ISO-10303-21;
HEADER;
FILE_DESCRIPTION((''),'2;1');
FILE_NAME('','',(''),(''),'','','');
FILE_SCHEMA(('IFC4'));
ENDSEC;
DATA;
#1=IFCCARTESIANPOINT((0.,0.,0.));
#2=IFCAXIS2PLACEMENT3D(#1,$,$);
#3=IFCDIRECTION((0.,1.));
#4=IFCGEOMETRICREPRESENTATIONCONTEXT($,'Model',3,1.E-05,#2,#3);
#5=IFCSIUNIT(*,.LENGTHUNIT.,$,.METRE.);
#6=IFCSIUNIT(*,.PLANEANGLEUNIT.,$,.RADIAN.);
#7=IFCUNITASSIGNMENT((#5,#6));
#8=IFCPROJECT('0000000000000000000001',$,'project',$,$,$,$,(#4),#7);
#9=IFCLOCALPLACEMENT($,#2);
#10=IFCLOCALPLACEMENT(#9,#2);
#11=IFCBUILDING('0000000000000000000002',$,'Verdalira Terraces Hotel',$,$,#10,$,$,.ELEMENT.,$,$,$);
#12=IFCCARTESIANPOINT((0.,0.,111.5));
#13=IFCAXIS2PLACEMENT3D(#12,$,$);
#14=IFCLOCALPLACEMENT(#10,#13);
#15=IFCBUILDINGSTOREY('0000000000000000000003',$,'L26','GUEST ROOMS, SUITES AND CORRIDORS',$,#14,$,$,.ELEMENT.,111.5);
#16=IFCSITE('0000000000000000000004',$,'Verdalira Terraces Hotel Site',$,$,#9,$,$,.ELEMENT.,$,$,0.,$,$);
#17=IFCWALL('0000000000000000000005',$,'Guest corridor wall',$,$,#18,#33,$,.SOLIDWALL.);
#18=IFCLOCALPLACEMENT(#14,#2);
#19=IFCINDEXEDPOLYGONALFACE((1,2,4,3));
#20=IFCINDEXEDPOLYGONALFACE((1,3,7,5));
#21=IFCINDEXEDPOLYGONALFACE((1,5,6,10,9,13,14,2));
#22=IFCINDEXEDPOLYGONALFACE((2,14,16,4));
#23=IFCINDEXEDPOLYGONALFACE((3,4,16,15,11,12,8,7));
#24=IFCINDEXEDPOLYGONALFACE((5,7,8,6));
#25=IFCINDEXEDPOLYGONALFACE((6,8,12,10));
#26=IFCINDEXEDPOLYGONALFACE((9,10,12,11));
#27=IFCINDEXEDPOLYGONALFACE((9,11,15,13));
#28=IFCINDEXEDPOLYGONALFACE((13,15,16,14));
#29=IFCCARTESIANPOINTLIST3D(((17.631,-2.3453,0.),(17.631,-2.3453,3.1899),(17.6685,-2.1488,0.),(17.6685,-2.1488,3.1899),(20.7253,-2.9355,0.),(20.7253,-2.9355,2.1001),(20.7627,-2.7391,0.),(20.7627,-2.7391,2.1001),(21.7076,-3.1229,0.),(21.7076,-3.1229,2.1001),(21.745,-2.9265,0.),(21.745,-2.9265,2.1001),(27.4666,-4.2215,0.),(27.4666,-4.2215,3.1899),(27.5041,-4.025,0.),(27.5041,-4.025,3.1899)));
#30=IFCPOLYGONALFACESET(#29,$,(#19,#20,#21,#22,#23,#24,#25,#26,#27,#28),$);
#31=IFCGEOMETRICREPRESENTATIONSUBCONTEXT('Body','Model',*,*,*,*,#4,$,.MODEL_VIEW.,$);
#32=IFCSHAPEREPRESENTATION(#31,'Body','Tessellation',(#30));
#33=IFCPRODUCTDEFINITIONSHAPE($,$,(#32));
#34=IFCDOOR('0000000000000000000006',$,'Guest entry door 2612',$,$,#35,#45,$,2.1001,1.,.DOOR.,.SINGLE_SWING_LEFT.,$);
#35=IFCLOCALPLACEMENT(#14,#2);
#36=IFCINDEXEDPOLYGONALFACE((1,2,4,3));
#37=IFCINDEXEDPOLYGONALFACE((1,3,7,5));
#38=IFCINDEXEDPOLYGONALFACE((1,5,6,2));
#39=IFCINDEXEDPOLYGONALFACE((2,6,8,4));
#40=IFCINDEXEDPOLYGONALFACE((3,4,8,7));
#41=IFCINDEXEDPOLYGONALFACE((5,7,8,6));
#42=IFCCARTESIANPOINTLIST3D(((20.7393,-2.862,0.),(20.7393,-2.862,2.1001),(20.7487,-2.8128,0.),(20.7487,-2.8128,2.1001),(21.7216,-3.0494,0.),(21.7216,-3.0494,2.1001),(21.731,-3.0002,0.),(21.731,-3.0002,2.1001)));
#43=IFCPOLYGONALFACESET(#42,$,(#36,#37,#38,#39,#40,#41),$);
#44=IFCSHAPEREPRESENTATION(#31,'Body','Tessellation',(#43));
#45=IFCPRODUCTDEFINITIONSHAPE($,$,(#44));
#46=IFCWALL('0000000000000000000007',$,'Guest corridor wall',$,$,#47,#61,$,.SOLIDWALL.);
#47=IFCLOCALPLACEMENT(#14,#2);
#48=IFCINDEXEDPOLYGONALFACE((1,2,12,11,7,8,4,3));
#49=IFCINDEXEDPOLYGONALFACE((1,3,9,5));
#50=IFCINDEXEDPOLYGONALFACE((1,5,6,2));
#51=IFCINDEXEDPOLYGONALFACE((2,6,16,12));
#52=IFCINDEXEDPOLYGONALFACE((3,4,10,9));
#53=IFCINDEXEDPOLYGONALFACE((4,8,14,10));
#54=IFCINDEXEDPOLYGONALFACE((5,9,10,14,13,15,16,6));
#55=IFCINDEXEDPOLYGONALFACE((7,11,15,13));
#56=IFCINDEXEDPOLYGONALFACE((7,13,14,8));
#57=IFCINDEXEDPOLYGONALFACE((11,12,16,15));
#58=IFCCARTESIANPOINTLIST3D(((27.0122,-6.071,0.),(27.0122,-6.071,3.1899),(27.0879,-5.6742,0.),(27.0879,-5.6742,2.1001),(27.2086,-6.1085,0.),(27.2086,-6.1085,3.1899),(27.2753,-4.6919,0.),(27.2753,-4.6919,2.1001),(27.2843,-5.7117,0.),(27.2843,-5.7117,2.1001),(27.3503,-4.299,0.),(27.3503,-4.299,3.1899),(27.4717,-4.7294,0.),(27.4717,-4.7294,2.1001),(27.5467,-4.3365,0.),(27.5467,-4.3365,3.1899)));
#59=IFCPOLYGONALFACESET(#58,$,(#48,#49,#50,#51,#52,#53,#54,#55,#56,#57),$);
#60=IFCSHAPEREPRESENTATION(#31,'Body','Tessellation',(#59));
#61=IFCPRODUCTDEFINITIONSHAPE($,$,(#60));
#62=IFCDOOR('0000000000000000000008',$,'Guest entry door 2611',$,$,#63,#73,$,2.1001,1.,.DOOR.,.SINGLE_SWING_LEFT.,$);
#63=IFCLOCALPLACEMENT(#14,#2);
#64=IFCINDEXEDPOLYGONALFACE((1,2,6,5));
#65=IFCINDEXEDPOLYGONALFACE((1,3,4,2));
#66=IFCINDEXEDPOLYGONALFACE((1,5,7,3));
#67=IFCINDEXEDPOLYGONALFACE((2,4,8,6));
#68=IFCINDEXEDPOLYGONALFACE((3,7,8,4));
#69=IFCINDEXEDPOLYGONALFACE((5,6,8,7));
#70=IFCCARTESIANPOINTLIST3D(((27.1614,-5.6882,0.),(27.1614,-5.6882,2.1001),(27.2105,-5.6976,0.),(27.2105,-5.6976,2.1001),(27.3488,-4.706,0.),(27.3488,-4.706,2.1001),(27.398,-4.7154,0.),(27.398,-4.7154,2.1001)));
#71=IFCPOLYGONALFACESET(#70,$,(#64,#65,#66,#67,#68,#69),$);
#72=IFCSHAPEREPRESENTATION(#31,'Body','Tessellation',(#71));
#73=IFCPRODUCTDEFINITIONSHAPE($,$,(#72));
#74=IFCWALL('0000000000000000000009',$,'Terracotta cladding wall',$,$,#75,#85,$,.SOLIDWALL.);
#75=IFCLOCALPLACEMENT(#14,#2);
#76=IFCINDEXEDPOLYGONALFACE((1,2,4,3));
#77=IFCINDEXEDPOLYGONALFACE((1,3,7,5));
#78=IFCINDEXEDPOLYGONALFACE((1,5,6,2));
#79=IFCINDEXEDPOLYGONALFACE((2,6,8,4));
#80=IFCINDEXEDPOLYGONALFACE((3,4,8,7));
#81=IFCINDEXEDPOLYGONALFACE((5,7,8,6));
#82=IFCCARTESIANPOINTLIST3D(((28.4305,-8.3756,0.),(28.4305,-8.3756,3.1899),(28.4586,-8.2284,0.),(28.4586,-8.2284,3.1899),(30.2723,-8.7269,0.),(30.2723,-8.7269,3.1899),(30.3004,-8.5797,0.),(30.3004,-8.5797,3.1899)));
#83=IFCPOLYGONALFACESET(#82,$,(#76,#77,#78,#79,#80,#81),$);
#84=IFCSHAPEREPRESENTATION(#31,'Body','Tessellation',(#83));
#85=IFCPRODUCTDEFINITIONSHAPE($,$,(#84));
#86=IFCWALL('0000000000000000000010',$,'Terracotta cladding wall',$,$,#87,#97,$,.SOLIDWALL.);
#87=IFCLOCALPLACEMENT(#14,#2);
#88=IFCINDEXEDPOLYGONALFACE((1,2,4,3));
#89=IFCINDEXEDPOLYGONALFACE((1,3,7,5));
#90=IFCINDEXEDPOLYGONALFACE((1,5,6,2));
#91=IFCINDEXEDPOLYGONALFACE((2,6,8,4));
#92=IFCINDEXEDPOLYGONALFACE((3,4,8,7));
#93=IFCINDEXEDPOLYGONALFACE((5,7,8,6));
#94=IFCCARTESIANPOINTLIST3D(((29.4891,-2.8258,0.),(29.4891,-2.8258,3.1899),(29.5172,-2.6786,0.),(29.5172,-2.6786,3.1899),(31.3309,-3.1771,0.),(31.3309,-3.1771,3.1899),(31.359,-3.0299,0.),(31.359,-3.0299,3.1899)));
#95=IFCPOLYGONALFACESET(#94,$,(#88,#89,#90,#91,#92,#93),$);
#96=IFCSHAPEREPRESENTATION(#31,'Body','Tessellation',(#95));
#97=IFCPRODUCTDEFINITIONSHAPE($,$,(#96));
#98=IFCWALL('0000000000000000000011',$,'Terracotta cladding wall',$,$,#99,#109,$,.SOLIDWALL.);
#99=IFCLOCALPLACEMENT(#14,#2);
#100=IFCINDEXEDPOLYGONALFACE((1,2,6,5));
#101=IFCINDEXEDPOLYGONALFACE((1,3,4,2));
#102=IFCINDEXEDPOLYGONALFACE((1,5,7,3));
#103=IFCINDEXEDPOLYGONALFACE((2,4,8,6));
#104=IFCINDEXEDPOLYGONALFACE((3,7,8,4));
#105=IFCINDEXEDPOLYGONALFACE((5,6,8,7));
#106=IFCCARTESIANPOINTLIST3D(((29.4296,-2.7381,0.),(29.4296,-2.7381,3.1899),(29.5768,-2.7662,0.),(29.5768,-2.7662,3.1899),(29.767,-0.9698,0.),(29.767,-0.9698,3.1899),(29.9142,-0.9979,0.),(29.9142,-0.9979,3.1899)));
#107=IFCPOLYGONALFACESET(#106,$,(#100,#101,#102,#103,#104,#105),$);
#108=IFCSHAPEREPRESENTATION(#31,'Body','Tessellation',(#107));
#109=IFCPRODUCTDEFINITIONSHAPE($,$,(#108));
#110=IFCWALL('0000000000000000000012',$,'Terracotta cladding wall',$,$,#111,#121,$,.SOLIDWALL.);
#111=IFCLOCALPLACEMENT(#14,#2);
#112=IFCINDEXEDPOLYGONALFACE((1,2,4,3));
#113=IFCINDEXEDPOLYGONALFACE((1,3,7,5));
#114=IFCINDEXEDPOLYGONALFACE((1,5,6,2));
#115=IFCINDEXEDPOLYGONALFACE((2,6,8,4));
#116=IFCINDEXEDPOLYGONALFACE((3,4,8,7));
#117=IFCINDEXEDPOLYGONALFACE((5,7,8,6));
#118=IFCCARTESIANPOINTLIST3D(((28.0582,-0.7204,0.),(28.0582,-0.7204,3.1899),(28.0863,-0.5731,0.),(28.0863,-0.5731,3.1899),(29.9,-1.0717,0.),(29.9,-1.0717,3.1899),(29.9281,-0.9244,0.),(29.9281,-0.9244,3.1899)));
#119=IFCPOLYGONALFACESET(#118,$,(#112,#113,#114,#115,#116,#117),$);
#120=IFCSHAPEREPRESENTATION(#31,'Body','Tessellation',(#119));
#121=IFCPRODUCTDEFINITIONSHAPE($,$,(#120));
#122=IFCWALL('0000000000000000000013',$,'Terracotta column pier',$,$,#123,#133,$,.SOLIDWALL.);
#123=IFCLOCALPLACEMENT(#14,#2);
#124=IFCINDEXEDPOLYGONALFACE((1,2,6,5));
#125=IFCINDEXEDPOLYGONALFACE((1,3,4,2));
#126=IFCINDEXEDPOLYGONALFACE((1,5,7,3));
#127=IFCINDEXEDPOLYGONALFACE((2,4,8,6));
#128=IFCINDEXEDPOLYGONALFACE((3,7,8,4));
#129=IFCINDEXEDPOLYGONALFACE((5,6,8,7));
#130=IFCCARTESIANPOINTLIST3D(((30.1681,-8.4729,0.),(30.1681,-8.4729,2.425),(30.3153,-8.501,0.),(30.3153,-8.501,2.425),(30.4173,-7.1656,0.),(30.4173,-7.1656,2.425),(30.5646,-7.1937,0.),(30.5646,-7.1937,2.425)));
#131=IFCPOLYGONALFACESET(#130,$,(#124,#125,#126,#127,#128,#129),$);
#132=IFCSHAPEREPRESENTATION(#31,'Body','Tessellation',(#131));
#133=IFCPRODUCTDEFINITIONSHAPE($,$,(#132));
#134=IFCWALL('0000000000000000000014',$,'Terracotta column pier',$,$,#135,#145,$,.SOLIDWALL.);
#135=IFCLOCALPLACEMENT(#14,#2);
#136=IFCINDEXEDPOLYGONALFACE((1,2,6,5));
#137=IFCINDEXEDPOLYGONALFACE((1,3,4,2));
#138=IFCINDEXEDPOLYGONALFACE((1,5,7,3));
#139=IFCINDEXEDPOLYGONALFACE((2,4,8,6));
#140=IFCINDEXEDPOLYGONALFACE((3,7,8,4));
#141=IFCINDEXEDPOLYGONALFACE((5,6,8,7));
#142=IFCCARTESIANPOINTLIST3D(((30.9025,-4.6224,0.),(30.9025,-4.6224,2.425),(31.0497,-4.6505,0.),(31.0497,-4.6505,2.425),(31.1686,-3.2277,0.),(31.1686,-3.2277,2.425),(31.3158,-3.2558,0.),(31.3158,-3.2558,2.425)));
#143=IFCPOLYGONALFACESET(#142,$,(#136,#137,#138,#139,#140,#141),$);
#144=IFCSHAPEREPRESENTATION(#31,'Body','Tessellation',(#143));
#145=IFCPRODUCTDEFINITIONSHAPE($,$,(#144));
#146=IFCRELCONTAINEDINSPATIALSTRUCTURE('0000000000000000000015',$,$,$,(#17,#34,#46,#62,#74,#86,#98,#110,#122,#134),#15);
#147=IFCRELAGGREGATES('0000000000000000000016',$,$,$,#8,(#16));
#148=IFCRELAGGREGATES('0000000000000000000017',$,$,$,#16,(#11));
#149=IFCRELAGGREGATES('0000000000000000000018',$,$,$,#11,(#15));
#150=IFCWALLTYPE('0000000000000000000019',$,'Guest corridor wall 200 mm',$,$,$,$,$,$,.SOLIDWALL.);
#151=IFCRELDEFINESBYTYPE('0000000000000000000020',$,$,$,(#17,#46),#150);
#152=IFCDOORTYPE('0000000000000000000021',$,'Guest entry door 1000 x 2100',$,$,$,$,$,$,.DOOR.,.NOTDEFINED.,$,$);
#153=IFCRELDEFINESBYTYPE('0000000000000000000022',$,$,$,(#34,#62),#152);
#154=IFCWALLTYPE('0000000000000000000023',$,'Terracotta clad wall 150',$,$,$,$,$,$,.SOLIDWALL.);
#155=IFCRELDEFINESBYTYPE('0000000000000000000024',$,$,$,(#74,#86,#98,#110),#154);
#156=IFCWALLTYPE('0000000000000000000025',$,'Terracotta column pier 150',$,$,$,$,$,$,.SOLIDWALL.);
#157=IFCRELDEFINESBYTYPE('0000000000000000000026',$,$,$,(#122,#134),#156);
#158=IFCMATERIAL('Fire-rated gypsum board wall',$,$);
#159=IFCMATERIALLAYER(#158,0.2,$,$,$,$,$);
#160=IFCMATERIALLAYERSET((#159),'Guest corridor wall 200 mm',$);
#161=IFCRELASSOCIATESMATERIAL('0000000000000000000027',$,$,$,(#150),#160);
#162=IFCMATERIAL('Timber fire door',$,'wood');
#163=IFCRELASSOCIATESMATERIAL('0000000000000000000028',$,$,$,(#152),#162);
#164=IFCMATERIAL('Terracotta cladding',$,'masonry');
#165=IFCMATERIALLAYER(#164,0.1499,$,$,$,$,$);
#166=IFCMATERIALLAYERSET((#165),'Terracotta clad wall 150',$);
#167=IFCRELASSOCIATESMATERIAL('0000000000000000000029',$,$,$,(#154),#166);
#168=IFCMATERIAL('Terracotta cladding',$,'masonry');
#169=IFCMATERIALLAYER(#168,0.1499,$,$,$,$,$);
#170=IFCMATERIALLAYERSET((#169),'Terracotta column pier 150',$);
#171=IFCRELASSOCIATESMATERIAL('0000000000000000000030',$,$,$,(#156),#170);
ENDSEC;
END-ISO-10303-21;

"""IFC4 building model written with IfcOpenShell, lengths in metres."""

from ifc_helpers import new_model, si_unit, direction, frame, frame_2d, origin, place, context, subcontext, project, spatial, rectangle, extrude, material, layer, layer_set, type_object, element, fill, save


model = new_model("IFC4")

# Units and contexts
model_context = context("Model", 3, precision=1e-05, world=origin(), true_north=direction((0.0, 1.0)))
body_context = subcontext(model_context, "Body", "Model", "MODEL_VIEW")
ifc_project = project(units=[si_unit("LENGTHUNIT", "METRE"), si_unit("PLANEANGLEUNIT", "RADIAN")], contexts=[model_context])

# Site, building, storey
site_placement = place(None, origin())
site = spatial("IfcSite", under=ifc_project, at=site_placement, Name="Verdalira Terraces Hotel Site", CompositionType="ELEMENT", RefElevation=0.0)
building_placement = place(site_placement, origin())
building = spatial("IfcBuilding", under=site, at=building_placement, Name="Verdalira Terraces Hotel", CompositionType="ELEMENT")
storey_placement = place(building_placement, frame((0.0, 0.0, 111.5)))
storey = spatial("IfcBuildingStorey", under=building, at=storey_placement, Name="L26", Description="GUEST ROOMS, SUITES AND CORRIDORS", CompositionType="ELEMENT", Elevation=111.5)

# Shared definitions
ifc_material_1 = material(Name="Fire-rated gypsum board wall")
ifc_layer_1 = layer(ifc_material_1, 0.2)
ifc_layer_set_1 = layer_set([ifc_layer_1], Name="Guest corridor wall 200 mm")
wall_type_1 = type_object("IfcWallType", Name="Guest corridor wall 200 mm", PredefinedType="SOLIDWALL", material=ifc_layer_set_1)
ifc_material_2 = material(Name="Timber fire door", Category="wood")
door_type_1 = type_object("IfcDoorType", Name="Guest entry door 1000 x 2100", OperationType="NOTDEFINED", PredefinedType="DOOR", material=ifc_material_2)

# Walls, openings, doors
wall_1_placement = place(storey_placement, frame((17.6499, -2.2471, 0.0), z_axis=(0.0, 0.0, 1.0), x_axis=(0.982288, -0.187378, 0.0)))
wall_1 = element("IfcWall", 1, at=wall_1_placement, inside=storey, type_object=wall_type_1, Name="Guest corridor wall", PredefinedType="SOLIDWALL", context=body_context, shape_type="SweptSolid", body=[
    extrude(rectangle(XDim=10.0129, YDim=0.2, at=frame_2d((5.0063, 0.0))), origin(), (0.0, 0.0, 1.0), 3.1899),
])
opening_1_placement = place(wall_1_placement, frame((3.1499, 0.0, 0.0)))
opening_1 = element("IfcOpeningElement", 2, at=opening_1_placement, cuts=wall_1, PredefinedType="OPENING", context=body_context, shape_type="SweptSolid", body=[
    extrude(rectangle(XDim=1.0, YDim=2.1001, at=frame_2d((0.5, 1.05))), frame((0.0, 0.1099, 0.0), z_axis=(0.0, -1.0, 0.0), x_axis=(1.0, 0.0, 0.0)), (0.0, 0.0, 1.0), 0.22),
])
door_1_placement = place(opening_1_placement, origin())
door_1 = element("IfcDoor", 3, at=door_1_placement, inside=storey, type_object=door_type_1, Name="Guest entry door 2612", OperationType="SINGLE_SWING_LEFT", OverallHeight=2.1001, OverallWidth=1.0, PredefinedType="DOOR", context=body_context, shape_type="SweptSolid", body=[
    extrude(rectangle(XDim=1.0, YDim=2.1001, at=frame_2d((0.5, 1.05))), frame((0.0, 0.0249, 0.0), z_axis=(0.0, -1.0, 0.0), x_axis=(1.0, 0.0, 0.0)), (0.0, 0.0, 1.0), 0.05),
])
fill(opening_1, door_1)
wall_2_placement = place(storey_placement, frame((27.4485, -4.3179, 0.0), z_axis=(0.0, 0.0, 1.0), x_axis=(-0.187442, -0.982276, 0.0)))
wall_2 = element("IfcWall", 4, at=wall_2_placement, inside=storey, type_object=wall_type_1, Name="Guest corridor wall", PredefinedType="SOLIDWALL", context=body_context, shape_type="SweptSolid", body=[
    extrude(rectangle(XDim=1.804, YDim=0.2, at=frame_2d((0.9019, 0.0))), origin(), (0.0, 0.0, 1.0), 3.1899),
])
opening_2_placement = place(wall_2_placement, frame((0.3999, 0.0, 0.0)))
opening_2 = element("IfcOpeningElement", 5, at=opening_2_placement, cuts=wall_2, PredefinedType="OPENING", context=body_context, shape_type="SweptSolid", body=[
    extrude(rectangle(XDim=1.0, YDim=2.1001, at=frame_2d((0.5, 1.05))), frame((0.0, 0.1099, 0.0), z_axis=(0.0, -1.0, 0.0), x_axis=(1.0, 0.0, 0.0)), (0.0, 0.0, 1.0), 0.22),
])
door_2_placement = place(opening_2_placement, origin())
door_2 = element("IfcDoor", 6, at=door_2_placement, inside=storey, type_object=door_type_1, Name="Guest entry door 2611", OperationType="SINGLE_SWING_LEFT", OverallHeight=2.1001, OverallWidth=1.0, PredefinedType="DOOR", context=body_context, shape_type="SweptSolid", body=[
    extrude(rectangle(XDim=1.0, YDim=2.1001, at=frame_2d((0.5, 1.05))), frame((0.0, 0.0249, 0.0), z_axis=(0.0, -1.0, 0.0), x_axis=(1.0, 0.0, 0.0)), (0.0, 0.0, 1.0), 0.05),
])
fill(opening_2, door_2)

# Walls
ifc_material_3 = material(Name="Terracotta cladding", Category="masonry")
ifc_layer_2 = layer(ifc_material_3, 0.1499)
ifc_layer_set_2 = layer_set([ifc_layer_2], Name="Terracotta clad wall 150")
wall_type_2 = type_object("IfcWallType", Name="Terracotta clad wall 150", PredefinedType="SOLIDWALL", material=ifc_layer_set_2)
for number, where, z_axis, x_axis, name in (
    (7, (28.4446, -8.302, 0.0), (0.0, 0.0, 1.0), (0.98229, -0.187369, 0.0), "Terracotta cladding wall"),
    (8, (31.345, -3.1035, 0.0), (0.0, 0.0, 1.0), (-0.98229, 0.187369, 0.0), "Terracotta cladding wall"),
):
    element("IfcWall", number, at=place(storey_placement, frame(where, z_axis=z_axis, x_axis=x_axis)), inside=storey, type_object=wall_type_2, Name=name, PredefinedType="SOLIDWALL", context=body_context, shape_type="SweptSolid", body=[
        extrude(rectangle(XDim=1.875, YDim=0.1499, at=frame_2d((0.9375, 0.0))), origin(), (0.0, 0.0, 1.0), 3.1899),
    ])
wall_3_placement = place(storey_placement, frame((29.5032, -2.7522, 0.0), z_axis=(0.0, 0.0, 1.0), x_axis=(0.187424, 0.982279, 0.0)))
element("IfcWall", 9, at=wall_3_placement, inside=storey, type_object=wall_type_2, Name="Terracotta cladding wall", PredefinedType="SOLIDWALL", context=body_context, shape_type="SweptSolid", body=[
    extrude(rectangle(XDim=1.8003, YDim=0.1499, at=frame_2d((0.9001, 0.0))), origin(), (0.0, 0.0, 1.0), 3.1899),
])
wall_4_placement = place(storey_placement, frame((29.9141, -0.998, 0.0), z_axis=(0.0, 0.0, 1.0), x_axis=(-0.98229, 0.187369, 0.0)))
element("IfcWall", 10, at=wall_4_placement, inside=storey, type_object=wall_type_2, Name="Terracotta cladding wall", PredefinedType="SOLIDWALL", context=body_context, shape_type="SweptSolid", body=[
    extrude(rectangle(XDim=1.875, YDim=0.1499, at=frame_2d((0.9375, 0.0))), origin(), (0.0, 0.0, 1.0), 3.1899),
])
ifc_material_4 = material(Name="Terracotta cladding", Category="masonry")
ifc_layer_3 = layer(ifc_material_4, 0.1499)
ifc_layer_set_3 = layer_set([ifc_layer_3], Name="Terracotta column pier 150")
wall_type_3 = type_object("IfcWallType", Name="Terracotta column pier 150", PredefinedType="SOLIDWALL", material=ifc_layer_set_3)
wall_5_placement = place(storey_placement, frame((30.2417, -8.4871, 0.0), z_axis=(0.0, 0.0, 1.0), x_axis=(0.187289, 0.982305, 0.0)))
element("IfcWall", 11, at=wall_5_placement, inside=storey, type_object=wall_type_3, Name="Terracotta column pier", PredefinedType="SOLIDWALL", context=body_context, shape_type="SweptSolid", body=[
    extrude(rectangle(XDim=1.3308, YDim=0.1499, at=frame_2d((0.6655, 0.0))), origin(), (0.0, 0.0, 1.0), 2.425),
])
wall_6_placement = place(storey_placement, frame((30.9761, -4.6365, 0.0), z_axis=(0.0, 0.0, 1.0), x_axis=(0.187412, 0.982281, 0.0)))
element("IfcWall", 12, at=wall_6_placement, inside=storey, type_object=wall_type_3, Name="Terracotta column pier", PredefinedType="SOLIDWALL", context=body_context, shape_type="SweptSolid", body=[
    extrude(rectangle(XDim=1.4199, YDim=0.1499, at=frame_2d((0.71, 0.0))), origin(), (0.0, 0.0, 1.0), 2.425),
])

save(model, "model.ifc")
